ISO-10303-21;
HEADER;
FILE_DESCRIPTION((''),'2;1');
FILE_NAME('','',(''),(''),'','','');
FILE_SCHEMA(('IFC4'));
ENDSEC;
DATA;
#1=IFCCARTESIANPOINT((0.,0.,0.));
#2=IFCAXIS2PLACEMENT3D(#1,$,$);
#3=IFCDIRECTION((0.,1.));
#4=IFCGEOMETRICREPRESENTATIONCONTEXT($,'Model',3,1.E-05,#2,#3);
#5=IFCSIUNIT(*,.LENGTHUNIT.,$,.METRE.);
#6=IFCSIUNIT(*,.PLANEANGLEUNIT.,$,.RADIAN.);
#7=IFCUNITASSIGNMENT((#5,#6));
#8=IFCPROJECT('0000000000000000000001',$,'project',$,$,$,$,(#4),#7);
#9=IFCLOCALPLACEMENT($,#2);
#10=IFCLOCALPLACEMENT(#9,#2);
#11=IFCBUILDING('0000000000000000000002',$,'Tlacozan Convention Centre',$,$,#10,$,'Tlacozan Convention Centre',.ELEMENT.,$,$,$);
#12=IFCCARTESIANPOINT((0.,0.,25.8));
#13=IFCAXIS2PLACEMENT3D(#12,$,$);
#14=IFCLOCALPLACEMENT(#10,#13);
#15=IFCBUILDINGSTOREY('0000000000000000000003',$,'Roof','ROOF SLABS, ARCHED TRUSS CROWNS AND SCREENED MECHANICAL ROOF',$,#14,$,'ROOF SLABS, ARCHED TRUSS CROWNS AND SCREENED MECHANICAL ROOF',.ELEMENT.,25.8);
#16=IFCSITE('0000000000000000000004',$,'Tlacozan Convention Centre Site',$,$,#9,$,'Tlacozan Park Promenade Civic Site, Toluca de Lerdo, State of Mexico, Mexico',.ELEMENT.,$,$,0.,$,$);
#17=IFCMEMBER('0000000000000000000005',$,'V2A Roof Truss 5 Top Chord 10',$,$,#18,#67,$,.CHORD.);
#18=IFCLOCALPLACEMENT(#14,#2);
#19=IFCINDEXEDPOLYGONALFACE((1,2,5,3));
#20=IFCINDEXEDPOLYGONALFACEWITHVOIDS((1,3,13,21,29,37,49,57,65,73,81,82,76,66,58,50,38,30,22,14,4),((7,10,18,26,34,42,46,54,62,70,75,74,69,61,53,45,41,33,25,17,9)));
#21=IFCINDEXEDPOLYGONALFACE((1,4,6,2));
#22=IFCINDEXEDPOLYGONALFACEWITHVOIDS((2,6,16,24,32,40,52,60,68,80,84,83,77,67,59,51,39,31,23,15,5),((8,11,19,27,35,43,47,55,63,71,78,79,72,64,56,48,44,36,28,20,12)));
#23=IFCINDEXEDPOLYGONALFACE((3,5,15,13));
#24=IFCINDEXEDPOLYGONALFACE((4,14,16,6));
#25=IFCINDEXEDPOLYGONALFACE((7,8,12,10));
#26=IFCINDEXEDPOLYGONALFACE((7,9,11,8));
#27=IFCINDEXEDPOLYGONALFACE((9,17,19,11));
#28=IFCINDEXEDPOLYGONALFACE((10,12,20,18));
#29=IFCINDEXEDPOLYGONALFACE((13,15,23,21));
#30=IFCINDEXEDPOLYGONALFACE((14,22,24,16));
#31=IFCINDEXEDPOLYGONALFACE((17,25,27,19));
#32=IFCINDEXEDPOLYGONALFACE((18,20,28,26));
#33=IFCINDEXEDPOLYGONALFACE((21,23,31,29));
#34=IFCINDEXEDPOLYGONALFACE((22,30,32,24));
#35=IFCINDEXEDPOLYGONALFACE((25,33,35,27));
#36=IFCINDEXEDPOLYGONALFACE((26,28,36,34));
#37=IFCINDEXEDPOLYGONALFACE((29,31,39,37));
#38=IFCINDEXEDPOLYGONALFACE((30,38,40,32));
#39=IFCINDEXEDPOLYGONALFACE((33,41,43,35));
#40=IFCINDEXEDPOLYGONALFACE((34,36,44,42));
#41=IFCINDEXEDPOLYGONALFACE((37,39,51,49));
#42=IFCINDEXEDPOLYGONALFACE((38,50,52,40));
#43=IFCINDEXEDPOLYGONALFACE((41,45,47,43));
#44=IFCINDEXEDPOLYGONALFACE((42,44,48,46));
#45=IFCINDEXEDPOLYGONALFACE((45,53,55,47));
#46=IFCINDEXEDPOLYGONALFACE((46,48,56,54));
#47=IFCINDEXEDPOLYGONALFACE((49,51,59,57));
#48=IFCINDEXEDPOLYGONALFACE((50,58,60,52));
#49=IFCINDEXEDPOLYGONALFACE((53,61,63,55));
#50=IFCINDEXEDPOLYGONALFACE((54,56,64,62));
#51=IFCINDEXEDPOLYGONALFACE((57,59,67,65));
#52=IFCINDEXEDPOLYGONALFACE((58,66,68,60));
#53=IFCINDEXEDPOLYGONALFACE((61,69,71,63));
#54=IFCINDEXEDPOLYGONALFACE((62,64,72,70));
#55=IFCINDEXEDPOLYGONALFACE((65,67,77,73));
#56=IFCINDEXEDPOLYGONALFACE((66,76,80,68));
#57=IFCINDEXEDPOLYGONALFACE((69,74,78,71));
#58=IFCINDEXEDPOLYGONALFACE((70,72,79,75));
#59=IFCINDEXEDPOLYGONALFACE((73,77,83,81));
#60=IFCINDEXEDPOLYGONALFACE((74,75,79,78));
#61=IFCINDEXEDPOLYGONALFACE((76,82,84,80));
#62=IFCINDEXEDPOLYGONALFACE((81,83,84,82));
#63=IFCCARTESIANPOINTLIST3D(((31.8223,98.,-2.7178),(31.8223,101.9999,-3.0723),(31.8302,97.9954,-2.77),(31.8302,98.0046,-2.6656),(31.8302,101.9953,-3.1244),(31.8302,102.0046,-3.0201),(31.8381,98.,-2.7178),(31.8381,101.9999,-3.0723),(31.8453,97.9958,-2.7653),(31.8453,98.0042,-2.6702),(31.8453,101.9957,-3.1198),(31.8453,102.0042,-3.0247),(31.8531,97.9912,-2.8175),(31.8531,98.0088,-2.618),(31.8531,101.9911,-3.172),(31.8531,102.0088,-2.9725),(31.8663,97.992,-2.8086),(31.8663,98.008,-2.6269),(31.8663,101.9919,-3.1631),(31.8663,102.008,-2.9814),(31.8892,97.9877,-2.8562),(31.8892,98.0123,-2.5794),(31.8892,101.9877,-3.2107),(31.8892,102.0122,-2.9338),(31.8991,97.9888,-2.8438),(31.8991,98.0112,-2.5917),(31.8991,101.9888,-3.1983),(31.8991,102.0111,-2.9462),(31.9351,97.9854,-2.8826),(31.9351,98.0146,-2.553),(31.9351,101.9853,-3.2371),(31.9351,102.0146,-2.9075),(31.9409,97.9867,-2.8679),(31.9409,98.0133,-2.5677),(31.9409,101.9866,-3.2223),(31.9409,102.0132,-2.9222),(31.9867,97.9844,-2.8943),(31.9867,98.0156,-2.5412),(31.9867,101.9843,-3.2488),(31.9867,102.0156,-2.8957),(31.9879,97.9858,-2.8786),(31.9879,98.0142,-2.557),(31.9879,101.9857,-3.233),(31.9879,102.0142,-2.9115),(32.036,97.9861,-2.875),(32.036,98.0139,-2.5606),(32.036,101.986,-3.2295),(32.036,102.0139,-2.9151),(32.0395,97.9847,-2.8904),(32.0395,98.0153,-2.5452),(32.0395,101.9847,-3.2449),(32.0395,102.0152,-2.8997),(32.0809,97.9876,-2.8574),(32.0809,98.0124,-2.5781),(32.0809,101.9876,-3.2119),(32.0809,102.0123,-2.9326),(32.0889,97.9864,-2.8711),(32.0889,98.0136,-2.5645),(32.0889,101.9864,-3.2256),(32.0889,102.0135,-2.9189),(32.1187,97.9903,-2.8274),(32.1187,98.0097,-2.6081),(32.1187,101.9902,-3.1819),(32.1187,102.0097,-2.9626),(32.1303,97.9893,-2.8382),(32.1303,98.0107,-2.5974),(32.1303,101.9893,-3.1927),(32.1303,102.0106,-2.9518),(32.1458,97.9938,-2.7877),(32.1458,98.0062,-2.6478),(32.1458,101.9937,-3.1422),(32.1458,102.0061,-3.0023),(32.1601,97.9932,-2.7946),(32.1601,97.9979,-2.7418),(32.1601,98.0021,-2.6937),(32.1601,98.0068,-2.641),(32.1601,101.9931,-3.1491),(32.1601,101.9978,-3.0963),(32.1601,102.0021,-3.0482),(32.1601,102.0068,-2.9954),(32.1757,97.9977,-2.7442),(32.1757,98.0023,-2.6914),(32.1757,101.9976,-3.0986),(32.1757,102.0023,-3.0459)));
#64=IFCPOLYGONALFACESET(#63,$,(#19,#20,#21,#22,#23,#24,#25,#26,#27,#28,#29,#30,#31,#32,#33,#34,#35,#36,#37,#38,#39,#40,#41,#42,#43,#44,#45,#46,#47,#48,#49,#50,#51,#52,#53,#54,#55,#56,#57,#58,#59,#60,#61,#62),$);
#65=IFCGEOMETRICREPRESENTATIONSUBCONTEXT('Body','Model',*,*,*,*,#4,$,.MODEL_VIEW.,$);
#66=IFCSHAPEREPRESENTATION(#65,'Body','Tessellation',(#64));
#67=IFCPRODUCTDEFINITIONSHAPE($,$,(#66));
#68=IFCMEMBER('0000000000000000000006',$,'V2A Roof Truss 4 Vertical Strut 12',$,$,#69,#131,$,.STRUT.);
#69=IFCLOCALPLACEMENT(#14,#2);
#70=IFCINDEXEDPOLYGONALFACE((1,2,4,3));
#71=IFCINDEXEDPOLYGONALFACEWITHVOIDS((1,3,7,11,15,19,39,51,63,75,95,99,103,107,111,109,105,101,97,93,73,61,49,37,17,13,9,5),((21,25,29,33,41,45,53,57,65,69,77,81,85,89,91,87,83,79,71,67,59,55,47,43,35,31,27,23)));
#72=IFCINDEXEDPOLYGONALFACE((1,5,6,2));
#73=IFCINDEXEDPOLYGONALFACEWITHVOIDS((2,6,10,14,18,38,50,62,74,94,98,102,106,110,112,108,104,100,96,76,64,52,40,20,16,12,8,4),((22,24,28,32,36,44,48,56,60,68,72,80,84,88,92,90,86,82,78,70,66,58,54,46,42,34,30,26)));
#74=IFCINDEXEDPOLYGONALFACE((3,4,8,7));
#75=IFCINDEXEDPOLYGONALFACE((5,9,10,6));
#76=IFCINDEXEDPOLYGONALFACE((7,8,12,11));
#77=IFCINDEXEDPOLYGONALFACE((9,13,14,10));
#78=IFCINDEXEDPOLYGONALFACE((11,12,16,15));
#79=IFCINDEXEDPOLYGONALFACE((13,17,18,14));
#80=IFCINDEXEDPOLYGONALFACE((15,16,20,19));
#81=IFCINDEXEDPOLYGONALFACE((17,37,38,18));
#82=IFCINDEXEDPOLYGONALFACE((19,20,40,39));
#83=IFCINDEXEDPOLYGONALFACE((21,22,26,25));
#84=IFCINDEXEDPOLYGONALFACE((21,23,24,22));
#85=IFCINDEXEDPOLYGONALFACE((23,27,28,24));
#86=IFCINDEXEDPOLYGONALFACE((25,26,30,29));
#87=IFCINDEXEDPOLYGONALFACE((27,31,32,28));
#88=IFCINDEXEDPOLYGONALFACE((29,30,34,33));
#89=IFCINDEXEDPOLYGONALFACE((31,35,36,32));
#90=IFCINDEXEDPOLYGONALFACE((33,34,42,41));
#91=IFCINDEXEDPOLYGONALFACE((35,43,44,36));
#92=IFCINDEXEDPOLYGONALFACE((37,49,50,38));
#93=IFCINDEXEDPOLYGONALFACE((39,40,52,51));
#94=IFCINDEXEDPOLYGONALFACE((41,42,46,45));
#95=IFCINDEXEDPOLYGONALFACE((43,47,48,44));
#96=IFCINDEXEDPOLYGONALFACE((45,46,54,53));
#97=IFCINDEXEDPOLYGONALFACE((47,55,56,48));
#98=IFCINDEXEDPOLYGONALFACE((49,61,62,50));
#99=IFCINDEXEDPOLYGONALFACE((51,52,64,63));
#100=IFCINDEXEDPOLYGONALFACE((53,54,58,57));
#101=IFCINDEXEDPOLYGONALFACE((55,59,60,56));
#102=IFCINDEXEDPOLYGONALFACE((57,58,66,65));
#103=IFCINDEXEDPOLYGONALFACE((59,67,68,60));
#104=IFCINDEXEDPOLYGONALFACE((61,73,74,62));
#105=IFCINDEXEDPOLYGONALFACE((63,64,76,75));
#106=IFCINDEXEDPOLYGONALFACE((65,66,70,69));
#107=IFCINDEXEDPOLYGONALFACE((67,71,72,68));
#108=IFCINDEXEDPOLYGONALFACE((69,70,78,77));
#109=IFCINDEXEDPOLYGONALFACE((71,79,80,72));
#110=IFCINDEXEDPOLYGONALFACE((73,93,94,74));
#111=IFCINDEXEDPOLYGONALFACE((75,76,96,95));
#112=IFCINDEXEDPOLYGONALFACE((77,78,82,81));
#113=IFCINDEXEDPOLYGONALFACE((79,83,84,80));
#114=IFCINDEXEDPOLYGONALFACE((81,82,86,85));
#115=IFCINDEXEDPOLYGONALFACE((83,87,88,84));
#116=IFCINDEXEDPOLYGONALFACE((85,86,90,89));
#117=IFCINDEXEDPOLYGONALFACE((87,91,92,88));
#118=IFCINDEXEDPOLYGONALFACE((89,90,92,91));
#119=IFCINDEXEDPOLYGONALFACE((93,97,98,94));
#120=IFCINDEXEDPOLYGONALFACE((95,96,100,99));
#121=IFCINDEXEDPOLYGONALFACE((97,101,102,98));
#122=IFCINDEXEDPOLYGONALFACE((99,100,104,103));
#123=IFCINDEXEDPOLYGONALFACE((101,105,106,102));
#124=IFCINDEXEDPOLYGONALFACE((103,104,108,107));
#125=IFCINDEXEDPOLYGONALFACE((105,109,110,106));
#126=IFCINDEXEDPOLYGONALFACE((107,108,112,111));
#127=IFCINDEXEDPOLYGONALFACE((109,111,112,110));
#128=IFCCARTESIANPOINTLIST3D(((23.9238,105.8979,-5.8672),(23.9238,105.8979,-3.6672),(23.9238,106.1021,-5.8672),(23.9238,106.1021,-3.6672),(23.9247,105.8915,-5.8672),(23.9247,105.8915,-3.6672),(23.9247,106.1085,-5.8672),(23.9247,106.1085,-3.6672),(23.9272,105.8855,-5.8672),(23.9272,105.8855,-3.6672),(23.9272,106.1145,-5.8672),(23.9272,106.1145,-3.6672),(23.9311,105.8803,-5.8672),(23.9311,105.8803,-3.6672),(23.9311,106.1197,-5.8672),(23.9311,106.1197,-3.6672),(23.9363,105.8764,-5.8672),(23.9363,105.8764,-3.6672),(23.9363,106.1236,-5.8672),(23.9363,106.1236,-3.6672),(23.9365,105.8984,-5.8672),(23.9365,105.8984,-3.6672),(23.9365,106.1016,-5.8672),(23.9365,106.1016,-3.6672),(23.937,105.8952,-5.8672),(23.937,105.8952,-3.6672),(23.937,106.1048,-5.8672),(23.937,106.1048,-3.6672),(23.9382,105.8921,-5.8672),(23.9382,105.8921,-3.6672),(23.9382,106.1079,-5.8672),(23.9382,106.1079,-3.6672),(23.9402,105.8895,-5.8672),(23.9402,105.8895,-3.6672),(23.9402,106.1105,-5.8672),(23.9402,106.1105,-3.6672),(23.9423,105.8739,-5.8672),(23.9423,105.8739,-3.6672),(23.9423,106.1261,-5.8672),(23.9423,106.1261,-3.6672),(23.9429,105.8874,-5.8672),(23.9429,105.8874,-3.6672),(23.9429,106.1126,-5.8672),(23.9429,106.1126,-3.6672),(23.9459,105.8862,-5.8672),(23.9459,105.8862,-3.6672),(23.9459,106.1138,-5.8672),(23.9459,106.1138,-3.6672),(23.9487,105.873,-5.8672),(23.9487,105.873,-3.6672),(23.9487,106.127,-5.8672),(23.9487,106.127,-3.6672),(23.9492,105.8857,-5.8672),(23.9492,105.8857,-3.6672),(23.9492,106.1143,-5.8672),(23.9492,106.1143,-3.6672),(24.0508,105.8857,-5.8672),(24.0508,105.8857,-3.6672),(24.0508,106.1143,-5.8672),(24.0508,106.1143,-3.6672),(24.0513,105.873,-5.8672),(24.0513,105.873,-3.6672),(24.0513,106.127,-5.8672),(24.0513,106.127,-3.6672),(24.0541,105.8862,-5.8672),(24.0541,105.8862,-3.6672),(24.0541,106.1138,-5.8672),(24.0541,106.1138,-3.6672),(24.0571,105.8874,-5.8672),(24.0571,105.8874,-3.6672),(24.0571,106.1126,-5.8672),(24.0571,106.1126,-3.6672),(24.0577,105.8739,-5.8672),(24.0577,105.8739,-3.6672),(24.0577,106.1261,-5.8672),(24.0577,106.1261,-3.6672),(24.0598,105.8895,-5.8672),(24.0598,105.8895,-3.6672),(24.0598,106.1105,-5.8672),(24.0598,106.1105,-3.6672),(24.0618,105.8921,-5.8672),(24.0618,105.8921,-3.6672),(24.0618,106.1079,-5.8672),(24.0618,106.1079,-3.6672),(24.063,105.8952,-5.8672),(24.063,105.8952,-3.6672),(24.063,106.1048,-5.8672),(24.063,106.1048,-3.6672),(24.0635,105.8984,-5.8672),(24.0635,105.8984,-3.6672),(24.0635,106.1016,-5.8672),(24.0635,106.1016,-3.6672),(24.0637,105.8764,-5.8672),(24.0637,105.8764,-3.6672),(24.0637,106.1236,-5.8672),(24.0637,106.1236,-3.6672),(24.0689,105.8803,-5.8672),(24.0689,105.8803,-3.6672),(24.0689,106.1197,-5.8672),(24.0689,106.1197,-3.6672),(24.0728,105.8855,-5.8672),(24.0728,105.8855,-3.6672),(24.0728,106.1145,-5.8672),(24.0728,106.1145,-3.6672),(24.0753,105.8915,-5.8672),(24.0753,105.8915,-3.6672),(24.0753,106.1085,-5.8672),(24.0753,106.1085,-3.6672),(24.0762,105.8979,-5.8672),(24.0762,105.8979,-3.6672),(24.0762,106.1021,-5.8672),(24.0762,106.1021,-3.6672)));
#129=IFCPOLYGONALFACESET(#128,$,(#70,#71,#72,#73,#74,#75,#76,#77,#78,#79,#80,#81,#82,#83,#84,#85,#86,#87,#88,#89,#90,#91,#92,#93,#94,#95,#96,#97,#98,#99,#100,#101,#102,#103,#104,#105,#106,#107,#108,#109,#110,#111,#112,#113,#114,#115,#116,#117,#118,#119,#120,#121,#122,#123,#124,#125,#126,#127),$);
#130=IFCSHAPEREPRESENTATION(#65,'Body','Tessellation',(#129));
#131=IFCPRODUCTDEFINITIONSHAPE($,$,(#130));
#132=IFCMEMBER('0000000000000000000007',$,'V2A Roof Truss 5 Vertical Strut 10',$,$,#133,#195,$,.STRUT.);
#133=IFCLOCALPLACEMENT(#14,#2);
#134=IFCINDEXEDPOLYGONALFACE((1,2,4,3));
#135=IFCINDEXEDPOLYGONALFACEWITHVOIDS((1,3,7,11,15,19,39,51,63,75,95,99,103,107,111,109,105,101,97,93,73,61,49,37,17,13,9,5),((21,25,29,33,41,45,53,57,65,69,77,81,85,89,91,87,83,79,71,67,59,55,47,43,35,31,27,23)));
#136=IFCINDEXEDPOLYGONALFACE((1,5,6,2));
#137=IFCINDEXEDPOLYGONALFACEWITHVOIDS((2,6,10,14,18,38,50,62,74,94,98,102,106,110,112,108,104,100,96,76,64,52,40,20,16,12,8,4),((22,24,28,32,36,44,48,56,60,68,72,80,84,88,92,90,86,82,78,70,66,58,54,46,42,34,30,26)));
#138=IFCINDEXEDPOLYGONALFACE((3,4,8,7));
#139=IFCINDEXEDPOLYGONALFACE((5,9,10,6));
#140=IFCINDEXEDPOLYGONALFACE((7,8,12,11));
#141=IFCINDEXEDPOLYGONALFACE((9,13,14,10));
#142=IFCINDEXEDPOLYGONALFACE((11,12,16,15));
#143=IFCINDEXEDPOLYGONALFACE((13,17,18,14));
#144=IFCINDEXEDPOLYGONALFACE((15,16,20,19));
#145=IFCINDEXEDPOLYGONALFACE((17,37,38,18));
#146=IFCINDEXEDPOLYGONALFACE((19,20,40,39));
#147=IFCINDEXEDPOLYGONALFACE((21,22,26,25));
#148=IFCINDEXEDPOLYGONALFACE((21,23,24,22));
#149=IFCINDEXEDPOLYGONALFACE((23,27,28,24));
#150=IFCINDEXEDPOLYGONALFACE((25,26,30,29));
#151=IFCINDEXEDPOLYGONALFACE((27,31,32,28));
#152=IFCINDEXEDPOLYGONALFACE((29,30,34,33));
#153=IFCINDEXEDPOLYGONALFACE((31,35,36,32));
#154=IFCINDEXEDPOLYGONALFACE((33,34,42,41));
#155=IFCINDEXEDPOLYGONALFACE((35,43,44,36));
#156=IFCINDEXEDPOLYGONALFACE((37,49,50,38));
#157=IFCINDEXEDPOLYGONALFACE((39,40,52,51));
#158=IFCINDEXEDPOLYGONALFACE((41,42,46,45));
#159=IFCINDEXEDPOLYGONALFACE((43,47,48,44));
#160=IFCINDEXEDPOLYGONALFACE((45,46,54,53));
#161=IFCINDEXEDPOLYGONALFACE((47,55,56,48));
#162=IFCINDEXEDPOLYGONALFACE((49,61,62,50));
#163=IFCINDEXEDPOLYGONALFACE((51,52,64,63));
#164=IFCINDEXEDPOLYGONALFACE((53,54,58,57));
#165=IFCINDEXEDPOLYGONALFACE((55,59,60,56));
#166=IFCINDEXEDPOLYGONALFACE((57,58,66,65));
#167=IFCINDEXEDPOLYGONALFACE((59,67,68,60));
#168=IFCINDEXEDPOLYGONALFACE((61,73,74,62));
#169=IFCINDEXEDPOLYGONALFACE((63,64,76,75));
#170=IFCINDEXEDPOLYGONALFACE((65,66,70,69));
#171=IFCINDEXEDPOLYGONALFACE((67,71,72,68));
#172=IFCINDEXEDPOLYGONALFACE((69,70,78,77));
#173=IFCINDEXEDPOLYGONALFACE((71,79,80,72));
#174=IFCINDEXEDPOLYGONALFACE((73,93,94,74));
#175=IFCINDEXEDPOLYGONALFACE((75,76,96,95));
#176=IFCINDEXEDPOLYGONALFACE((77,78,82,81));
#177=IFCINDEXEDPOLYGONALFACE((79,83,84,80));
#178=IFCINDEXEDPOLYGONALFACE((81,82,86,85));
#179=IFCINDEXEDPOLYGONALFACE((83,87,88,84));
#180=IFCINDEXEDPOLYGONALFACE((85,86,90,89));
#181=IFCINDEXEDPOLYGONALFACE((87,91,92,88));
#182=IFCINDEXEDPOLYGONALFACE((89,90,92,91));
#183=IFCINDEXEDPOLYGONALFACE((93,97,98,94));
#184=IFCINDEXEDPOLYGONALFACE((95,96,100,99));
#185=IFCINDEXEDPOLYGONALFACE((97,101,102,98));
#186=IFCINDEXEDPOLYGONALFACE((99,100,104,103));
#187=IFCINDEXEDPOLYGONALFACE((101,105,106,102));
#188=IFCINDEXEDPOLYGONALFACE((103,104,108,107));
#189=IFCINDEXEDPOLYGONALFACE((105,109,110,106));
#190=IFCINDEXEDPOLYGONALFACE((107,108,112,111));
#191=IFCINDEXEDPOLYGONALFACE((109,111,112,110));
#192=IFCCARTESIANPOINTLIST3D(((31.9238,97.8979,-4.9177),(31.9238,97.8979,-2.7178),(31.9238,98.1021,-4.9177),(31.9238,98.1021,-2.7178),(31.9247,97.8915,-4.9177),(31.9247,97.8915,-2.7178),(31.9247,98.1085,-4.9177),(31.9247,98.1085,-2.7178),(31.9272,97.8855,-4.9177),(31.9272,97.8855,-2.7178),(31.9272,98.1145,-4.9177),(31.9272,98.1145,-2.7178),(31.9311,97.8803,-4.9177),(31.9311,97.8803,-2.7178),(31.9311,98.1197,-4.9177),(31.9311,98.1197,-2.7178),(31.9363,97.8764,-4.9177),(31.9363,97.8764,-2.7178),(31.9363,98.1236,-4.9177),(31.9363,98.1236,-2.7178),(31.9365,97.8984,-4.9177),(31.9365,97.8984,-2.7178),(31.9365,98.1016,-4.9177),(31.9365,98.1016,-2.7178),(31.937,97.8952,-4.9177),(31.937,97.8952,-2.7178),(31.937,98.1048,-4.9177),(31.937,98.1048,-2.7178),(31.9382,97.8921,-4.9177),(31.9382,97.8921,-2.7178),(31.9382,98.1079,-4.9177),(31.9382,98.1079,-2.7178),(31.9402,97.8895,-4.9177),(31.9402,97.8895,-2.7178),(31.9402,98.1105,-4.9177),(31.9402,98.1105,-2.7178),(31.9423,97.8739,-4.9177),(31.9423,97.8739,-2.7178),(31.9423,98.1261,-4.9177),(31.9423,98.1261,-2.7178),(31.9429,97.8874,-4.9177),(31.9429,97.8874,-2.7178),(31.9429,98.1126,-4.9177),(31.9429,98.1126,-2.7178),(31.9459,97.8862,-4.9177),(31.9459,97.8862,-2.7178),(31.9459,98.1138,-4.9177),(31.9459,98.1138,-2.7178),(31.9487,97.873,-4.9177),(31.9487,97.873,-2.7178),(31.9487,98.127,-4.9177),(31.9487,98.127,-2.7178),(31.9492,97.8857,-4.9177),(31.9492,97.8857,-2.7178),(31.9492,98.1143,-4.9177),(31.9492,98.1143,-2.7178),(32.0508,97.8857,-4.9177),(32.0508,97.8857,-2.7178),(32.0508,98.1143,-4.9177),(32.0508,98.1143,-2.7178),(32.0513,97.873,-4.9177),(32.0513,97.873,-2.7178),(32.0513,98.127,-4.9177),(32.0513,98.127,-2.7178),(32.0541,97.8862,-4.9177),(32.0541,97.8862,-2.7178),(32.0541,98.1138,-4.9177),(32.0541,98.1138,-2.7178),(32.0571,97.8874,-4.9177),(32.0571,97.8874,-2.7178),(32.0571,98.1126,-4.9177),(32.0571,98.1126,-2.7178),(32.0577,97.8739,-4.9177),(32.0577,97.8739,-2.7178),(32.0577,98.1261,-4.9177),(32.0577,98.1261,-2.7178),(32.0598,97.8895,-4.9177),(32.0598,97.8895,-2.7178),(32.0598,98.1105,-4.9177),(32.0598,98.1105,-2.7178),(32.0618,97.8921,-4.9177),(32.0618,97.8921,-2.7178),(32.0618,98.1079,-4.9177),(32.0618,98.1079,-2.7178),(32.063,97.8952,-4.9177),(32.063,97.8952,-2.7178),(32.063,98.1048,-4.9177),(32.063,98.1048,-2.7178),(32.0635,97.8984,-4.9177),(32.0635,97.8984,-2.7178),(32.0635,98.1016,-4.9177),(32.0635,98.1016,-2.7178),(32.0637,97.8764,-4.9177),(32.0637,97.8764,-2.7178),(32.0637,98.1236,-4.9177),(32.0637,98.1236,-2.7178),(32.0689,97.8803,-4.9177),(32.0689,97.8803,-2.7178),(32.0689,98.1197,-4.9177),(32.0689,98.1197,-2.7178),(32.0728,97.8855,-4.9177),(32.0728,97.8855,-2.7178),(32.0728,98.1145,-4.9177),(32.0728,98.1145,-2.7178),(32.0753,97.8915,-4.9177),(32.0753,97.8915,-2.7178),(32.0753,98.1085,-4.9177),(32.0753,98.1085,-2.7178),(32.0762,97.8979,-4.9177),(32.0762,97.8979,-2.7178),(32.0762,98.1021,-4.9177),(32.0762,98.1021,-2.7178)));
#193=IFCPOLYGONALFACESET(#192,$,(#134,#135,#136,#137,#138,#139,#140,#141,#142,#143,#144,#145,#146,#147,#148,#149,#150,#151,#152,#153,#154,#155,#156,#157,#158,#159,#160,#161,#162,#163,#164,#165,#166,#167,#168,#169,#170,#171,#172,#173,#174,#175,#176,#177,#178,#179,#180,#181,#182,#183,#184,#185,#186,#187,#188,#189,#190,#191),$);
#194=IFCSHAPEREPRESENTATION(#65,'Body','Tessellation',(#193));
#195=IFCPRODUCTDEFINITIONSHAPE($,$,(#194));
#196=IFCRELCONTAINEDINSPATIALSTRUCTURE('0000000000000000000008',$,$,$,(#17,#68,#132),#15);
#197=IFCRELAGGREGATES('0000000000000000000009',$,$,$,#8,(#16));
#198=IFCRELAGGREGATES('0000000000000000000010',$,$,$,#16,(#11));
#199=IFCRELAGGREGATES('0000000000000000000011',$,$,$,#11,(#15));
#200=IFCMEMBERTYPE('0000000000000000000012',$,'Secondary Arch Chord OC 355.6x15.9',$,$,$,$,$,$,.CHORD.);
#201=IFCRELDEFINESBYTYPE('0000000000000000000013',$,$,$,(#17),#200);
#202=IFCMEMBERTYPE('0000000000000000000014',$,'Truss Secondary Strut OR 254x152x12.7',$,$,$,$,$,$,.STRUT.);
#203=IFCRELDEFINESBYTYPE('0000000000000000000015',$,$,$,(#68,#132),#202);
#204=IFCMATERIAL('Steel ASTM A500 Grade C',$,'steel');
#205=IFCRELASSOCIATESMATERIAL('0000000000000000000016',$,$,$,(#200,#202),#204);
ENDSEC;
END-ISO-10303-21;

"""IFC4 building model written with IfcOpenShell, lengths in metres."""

from ifc_helpers import new_model, si_unit, direction, frame, origin, origin_2d, place, context, subcontext, project, spatial, hollow_rectangle, hollow_circle, extrude, material, material_profile, profile_set, type_object, element, save


model = new_model("IFC4")

# Units and contexts
model_context = context("Model", 3, precision=1e-05, world=origin(), true_north=direction((0.0, 1.0)))
body_context = subcontext(model_context, "Body", "Model", "MODEL_VIEW")
ifc_project = project(units=[si_unit("LENGTHUNIT", "METRE"), si_unit("PLANEANGLEUNIT", "RADIAN")], contexts=[model_context])

# Site, building, storey
site_placement = place(None, origin())
site = spatial("IfcSite", under=ifc_project, at=site_placement, Name="Tlacozan Convention Centre Site", LongName="Tlacozan Park Promenade Civic Site, Toluca de Lerdo, State of Mexico, Mexico", CompositionType="ELEMENT", RefElevation=0.0)
building_placement = place(site_placement, origin())
building = spatial("IfcBuilding", under=site, at=building_placement, Name="Tlacozan Convention Centre", LongName="Tlacozan Convention Centre", CompositionType="ELEMENT")
storey_placement = place(building_placement, frame((0.0, 0.0, 25.8)))
storey = spatial("IfcBuildingStorey", under=building, at=storey_placement, Name="Roof", Description="ROOF SLABS, ARCHED TRUSS CROWNS AND SCREENED MECHANICAL ROOF", LongName="ROOF SLABS, ARCHED TRUSS CROWNS AND SCREENED MECHANICAL ROOF", CompositionType="ELEMENT", Elevation=25.8)

# Members
ifc_material_1 = material(Name="Steel ASTM A500 Grade C", Category="steel")
ifc_material_profile_1 = material_profile(ifc_material_1, hollow_circle(Radius=0.1777, WallThickness=0.0159, at=origin_2d()), Name="OC 355.6x15.9")
ifc_profile_set_1 = profile_set([ifc_material_profile_1], Name="Steel ASTM A500 Grade C")
member_type_1 = type_object("IfcMemberType", Name="Secondary Arch Chord OC 355.6x15.9", PredefinedType="CHORD", material=ifc_profile_set_1)
member_1_placement = place(storey_placement, frame((32.0, 98.0, -2.7178), z_axis=(0.0, 0.996096, -0.088277), x_axis=(-1.0, 0.0, 0.0)))
element("IfcMember", 1, at=member_1_placement, inside=storey, type_object=member_type_1, Name="V2A Roof Truss 5 Top Chord 10", PredefinedType="CHORD", context=body_context, shape_type="SweptSolid", body=[
    extrude(hollow_circle(Radius=0.1777, WallThickness=0.0159, at=origin_2d()), origin(), (0.0, 0.0, 1.0), 4.0156),
])
ifc_material_profile_2 = material_profile(ifc_material_1, hollow_rectangle(XDim=0.1523, YDim=0.2539, WallThickness=0.0127, InnerFilletRadius=0.0127, OuterFilletRadius=0.0249, at=origin_2d()), Name="OR 254x152x12.7")
ifc_profile_set_2 = profile_set([ifc_material_profile_2], Name="Steel ASTM A500 Grade C")
member_type_2 = type_object("IfcMemberType", Name="Truss Secondary Strut OR 254x152x12.7", PredefinedType="STRUT", material=ifc_profile_set_2)
for number, where, z_axis, x_axis, name in (
    (2, (24.0, 106.0, -5.8672), (0.0, 0.0, 1.0), (1.0, 0.0, 0.0), "V2A Roof Truss 4 Vertical Strut 12"),
    (3, (32.0, 98.0, -4.9177), (0.0, 0.0, 1.0), (1.0, 0.0, 0.0), "V2A Roof Truss 5 Vertical Strut 10"),
):
    element("IfcMember", number, at=place(storey_placement, frame(where, z_axis=z_axis, x_axis=x_axis)), inside=storey, type_object=member_type_2, Name=name, PredefinedType="STRUT", context=body_context, shape_type="SweptSolid", body=[
        extrude(hollow_rectangle(XDim=0.1523, YDim=0.2539, WallThickness=0.0127, InnerFilletRadius=0.0127, OuterFilletRadius=0.0249, at=origin_2d()), origin(), (0.0, 0.0, 1.0), 2.2),
    ])

save(model, "model.ifc")
